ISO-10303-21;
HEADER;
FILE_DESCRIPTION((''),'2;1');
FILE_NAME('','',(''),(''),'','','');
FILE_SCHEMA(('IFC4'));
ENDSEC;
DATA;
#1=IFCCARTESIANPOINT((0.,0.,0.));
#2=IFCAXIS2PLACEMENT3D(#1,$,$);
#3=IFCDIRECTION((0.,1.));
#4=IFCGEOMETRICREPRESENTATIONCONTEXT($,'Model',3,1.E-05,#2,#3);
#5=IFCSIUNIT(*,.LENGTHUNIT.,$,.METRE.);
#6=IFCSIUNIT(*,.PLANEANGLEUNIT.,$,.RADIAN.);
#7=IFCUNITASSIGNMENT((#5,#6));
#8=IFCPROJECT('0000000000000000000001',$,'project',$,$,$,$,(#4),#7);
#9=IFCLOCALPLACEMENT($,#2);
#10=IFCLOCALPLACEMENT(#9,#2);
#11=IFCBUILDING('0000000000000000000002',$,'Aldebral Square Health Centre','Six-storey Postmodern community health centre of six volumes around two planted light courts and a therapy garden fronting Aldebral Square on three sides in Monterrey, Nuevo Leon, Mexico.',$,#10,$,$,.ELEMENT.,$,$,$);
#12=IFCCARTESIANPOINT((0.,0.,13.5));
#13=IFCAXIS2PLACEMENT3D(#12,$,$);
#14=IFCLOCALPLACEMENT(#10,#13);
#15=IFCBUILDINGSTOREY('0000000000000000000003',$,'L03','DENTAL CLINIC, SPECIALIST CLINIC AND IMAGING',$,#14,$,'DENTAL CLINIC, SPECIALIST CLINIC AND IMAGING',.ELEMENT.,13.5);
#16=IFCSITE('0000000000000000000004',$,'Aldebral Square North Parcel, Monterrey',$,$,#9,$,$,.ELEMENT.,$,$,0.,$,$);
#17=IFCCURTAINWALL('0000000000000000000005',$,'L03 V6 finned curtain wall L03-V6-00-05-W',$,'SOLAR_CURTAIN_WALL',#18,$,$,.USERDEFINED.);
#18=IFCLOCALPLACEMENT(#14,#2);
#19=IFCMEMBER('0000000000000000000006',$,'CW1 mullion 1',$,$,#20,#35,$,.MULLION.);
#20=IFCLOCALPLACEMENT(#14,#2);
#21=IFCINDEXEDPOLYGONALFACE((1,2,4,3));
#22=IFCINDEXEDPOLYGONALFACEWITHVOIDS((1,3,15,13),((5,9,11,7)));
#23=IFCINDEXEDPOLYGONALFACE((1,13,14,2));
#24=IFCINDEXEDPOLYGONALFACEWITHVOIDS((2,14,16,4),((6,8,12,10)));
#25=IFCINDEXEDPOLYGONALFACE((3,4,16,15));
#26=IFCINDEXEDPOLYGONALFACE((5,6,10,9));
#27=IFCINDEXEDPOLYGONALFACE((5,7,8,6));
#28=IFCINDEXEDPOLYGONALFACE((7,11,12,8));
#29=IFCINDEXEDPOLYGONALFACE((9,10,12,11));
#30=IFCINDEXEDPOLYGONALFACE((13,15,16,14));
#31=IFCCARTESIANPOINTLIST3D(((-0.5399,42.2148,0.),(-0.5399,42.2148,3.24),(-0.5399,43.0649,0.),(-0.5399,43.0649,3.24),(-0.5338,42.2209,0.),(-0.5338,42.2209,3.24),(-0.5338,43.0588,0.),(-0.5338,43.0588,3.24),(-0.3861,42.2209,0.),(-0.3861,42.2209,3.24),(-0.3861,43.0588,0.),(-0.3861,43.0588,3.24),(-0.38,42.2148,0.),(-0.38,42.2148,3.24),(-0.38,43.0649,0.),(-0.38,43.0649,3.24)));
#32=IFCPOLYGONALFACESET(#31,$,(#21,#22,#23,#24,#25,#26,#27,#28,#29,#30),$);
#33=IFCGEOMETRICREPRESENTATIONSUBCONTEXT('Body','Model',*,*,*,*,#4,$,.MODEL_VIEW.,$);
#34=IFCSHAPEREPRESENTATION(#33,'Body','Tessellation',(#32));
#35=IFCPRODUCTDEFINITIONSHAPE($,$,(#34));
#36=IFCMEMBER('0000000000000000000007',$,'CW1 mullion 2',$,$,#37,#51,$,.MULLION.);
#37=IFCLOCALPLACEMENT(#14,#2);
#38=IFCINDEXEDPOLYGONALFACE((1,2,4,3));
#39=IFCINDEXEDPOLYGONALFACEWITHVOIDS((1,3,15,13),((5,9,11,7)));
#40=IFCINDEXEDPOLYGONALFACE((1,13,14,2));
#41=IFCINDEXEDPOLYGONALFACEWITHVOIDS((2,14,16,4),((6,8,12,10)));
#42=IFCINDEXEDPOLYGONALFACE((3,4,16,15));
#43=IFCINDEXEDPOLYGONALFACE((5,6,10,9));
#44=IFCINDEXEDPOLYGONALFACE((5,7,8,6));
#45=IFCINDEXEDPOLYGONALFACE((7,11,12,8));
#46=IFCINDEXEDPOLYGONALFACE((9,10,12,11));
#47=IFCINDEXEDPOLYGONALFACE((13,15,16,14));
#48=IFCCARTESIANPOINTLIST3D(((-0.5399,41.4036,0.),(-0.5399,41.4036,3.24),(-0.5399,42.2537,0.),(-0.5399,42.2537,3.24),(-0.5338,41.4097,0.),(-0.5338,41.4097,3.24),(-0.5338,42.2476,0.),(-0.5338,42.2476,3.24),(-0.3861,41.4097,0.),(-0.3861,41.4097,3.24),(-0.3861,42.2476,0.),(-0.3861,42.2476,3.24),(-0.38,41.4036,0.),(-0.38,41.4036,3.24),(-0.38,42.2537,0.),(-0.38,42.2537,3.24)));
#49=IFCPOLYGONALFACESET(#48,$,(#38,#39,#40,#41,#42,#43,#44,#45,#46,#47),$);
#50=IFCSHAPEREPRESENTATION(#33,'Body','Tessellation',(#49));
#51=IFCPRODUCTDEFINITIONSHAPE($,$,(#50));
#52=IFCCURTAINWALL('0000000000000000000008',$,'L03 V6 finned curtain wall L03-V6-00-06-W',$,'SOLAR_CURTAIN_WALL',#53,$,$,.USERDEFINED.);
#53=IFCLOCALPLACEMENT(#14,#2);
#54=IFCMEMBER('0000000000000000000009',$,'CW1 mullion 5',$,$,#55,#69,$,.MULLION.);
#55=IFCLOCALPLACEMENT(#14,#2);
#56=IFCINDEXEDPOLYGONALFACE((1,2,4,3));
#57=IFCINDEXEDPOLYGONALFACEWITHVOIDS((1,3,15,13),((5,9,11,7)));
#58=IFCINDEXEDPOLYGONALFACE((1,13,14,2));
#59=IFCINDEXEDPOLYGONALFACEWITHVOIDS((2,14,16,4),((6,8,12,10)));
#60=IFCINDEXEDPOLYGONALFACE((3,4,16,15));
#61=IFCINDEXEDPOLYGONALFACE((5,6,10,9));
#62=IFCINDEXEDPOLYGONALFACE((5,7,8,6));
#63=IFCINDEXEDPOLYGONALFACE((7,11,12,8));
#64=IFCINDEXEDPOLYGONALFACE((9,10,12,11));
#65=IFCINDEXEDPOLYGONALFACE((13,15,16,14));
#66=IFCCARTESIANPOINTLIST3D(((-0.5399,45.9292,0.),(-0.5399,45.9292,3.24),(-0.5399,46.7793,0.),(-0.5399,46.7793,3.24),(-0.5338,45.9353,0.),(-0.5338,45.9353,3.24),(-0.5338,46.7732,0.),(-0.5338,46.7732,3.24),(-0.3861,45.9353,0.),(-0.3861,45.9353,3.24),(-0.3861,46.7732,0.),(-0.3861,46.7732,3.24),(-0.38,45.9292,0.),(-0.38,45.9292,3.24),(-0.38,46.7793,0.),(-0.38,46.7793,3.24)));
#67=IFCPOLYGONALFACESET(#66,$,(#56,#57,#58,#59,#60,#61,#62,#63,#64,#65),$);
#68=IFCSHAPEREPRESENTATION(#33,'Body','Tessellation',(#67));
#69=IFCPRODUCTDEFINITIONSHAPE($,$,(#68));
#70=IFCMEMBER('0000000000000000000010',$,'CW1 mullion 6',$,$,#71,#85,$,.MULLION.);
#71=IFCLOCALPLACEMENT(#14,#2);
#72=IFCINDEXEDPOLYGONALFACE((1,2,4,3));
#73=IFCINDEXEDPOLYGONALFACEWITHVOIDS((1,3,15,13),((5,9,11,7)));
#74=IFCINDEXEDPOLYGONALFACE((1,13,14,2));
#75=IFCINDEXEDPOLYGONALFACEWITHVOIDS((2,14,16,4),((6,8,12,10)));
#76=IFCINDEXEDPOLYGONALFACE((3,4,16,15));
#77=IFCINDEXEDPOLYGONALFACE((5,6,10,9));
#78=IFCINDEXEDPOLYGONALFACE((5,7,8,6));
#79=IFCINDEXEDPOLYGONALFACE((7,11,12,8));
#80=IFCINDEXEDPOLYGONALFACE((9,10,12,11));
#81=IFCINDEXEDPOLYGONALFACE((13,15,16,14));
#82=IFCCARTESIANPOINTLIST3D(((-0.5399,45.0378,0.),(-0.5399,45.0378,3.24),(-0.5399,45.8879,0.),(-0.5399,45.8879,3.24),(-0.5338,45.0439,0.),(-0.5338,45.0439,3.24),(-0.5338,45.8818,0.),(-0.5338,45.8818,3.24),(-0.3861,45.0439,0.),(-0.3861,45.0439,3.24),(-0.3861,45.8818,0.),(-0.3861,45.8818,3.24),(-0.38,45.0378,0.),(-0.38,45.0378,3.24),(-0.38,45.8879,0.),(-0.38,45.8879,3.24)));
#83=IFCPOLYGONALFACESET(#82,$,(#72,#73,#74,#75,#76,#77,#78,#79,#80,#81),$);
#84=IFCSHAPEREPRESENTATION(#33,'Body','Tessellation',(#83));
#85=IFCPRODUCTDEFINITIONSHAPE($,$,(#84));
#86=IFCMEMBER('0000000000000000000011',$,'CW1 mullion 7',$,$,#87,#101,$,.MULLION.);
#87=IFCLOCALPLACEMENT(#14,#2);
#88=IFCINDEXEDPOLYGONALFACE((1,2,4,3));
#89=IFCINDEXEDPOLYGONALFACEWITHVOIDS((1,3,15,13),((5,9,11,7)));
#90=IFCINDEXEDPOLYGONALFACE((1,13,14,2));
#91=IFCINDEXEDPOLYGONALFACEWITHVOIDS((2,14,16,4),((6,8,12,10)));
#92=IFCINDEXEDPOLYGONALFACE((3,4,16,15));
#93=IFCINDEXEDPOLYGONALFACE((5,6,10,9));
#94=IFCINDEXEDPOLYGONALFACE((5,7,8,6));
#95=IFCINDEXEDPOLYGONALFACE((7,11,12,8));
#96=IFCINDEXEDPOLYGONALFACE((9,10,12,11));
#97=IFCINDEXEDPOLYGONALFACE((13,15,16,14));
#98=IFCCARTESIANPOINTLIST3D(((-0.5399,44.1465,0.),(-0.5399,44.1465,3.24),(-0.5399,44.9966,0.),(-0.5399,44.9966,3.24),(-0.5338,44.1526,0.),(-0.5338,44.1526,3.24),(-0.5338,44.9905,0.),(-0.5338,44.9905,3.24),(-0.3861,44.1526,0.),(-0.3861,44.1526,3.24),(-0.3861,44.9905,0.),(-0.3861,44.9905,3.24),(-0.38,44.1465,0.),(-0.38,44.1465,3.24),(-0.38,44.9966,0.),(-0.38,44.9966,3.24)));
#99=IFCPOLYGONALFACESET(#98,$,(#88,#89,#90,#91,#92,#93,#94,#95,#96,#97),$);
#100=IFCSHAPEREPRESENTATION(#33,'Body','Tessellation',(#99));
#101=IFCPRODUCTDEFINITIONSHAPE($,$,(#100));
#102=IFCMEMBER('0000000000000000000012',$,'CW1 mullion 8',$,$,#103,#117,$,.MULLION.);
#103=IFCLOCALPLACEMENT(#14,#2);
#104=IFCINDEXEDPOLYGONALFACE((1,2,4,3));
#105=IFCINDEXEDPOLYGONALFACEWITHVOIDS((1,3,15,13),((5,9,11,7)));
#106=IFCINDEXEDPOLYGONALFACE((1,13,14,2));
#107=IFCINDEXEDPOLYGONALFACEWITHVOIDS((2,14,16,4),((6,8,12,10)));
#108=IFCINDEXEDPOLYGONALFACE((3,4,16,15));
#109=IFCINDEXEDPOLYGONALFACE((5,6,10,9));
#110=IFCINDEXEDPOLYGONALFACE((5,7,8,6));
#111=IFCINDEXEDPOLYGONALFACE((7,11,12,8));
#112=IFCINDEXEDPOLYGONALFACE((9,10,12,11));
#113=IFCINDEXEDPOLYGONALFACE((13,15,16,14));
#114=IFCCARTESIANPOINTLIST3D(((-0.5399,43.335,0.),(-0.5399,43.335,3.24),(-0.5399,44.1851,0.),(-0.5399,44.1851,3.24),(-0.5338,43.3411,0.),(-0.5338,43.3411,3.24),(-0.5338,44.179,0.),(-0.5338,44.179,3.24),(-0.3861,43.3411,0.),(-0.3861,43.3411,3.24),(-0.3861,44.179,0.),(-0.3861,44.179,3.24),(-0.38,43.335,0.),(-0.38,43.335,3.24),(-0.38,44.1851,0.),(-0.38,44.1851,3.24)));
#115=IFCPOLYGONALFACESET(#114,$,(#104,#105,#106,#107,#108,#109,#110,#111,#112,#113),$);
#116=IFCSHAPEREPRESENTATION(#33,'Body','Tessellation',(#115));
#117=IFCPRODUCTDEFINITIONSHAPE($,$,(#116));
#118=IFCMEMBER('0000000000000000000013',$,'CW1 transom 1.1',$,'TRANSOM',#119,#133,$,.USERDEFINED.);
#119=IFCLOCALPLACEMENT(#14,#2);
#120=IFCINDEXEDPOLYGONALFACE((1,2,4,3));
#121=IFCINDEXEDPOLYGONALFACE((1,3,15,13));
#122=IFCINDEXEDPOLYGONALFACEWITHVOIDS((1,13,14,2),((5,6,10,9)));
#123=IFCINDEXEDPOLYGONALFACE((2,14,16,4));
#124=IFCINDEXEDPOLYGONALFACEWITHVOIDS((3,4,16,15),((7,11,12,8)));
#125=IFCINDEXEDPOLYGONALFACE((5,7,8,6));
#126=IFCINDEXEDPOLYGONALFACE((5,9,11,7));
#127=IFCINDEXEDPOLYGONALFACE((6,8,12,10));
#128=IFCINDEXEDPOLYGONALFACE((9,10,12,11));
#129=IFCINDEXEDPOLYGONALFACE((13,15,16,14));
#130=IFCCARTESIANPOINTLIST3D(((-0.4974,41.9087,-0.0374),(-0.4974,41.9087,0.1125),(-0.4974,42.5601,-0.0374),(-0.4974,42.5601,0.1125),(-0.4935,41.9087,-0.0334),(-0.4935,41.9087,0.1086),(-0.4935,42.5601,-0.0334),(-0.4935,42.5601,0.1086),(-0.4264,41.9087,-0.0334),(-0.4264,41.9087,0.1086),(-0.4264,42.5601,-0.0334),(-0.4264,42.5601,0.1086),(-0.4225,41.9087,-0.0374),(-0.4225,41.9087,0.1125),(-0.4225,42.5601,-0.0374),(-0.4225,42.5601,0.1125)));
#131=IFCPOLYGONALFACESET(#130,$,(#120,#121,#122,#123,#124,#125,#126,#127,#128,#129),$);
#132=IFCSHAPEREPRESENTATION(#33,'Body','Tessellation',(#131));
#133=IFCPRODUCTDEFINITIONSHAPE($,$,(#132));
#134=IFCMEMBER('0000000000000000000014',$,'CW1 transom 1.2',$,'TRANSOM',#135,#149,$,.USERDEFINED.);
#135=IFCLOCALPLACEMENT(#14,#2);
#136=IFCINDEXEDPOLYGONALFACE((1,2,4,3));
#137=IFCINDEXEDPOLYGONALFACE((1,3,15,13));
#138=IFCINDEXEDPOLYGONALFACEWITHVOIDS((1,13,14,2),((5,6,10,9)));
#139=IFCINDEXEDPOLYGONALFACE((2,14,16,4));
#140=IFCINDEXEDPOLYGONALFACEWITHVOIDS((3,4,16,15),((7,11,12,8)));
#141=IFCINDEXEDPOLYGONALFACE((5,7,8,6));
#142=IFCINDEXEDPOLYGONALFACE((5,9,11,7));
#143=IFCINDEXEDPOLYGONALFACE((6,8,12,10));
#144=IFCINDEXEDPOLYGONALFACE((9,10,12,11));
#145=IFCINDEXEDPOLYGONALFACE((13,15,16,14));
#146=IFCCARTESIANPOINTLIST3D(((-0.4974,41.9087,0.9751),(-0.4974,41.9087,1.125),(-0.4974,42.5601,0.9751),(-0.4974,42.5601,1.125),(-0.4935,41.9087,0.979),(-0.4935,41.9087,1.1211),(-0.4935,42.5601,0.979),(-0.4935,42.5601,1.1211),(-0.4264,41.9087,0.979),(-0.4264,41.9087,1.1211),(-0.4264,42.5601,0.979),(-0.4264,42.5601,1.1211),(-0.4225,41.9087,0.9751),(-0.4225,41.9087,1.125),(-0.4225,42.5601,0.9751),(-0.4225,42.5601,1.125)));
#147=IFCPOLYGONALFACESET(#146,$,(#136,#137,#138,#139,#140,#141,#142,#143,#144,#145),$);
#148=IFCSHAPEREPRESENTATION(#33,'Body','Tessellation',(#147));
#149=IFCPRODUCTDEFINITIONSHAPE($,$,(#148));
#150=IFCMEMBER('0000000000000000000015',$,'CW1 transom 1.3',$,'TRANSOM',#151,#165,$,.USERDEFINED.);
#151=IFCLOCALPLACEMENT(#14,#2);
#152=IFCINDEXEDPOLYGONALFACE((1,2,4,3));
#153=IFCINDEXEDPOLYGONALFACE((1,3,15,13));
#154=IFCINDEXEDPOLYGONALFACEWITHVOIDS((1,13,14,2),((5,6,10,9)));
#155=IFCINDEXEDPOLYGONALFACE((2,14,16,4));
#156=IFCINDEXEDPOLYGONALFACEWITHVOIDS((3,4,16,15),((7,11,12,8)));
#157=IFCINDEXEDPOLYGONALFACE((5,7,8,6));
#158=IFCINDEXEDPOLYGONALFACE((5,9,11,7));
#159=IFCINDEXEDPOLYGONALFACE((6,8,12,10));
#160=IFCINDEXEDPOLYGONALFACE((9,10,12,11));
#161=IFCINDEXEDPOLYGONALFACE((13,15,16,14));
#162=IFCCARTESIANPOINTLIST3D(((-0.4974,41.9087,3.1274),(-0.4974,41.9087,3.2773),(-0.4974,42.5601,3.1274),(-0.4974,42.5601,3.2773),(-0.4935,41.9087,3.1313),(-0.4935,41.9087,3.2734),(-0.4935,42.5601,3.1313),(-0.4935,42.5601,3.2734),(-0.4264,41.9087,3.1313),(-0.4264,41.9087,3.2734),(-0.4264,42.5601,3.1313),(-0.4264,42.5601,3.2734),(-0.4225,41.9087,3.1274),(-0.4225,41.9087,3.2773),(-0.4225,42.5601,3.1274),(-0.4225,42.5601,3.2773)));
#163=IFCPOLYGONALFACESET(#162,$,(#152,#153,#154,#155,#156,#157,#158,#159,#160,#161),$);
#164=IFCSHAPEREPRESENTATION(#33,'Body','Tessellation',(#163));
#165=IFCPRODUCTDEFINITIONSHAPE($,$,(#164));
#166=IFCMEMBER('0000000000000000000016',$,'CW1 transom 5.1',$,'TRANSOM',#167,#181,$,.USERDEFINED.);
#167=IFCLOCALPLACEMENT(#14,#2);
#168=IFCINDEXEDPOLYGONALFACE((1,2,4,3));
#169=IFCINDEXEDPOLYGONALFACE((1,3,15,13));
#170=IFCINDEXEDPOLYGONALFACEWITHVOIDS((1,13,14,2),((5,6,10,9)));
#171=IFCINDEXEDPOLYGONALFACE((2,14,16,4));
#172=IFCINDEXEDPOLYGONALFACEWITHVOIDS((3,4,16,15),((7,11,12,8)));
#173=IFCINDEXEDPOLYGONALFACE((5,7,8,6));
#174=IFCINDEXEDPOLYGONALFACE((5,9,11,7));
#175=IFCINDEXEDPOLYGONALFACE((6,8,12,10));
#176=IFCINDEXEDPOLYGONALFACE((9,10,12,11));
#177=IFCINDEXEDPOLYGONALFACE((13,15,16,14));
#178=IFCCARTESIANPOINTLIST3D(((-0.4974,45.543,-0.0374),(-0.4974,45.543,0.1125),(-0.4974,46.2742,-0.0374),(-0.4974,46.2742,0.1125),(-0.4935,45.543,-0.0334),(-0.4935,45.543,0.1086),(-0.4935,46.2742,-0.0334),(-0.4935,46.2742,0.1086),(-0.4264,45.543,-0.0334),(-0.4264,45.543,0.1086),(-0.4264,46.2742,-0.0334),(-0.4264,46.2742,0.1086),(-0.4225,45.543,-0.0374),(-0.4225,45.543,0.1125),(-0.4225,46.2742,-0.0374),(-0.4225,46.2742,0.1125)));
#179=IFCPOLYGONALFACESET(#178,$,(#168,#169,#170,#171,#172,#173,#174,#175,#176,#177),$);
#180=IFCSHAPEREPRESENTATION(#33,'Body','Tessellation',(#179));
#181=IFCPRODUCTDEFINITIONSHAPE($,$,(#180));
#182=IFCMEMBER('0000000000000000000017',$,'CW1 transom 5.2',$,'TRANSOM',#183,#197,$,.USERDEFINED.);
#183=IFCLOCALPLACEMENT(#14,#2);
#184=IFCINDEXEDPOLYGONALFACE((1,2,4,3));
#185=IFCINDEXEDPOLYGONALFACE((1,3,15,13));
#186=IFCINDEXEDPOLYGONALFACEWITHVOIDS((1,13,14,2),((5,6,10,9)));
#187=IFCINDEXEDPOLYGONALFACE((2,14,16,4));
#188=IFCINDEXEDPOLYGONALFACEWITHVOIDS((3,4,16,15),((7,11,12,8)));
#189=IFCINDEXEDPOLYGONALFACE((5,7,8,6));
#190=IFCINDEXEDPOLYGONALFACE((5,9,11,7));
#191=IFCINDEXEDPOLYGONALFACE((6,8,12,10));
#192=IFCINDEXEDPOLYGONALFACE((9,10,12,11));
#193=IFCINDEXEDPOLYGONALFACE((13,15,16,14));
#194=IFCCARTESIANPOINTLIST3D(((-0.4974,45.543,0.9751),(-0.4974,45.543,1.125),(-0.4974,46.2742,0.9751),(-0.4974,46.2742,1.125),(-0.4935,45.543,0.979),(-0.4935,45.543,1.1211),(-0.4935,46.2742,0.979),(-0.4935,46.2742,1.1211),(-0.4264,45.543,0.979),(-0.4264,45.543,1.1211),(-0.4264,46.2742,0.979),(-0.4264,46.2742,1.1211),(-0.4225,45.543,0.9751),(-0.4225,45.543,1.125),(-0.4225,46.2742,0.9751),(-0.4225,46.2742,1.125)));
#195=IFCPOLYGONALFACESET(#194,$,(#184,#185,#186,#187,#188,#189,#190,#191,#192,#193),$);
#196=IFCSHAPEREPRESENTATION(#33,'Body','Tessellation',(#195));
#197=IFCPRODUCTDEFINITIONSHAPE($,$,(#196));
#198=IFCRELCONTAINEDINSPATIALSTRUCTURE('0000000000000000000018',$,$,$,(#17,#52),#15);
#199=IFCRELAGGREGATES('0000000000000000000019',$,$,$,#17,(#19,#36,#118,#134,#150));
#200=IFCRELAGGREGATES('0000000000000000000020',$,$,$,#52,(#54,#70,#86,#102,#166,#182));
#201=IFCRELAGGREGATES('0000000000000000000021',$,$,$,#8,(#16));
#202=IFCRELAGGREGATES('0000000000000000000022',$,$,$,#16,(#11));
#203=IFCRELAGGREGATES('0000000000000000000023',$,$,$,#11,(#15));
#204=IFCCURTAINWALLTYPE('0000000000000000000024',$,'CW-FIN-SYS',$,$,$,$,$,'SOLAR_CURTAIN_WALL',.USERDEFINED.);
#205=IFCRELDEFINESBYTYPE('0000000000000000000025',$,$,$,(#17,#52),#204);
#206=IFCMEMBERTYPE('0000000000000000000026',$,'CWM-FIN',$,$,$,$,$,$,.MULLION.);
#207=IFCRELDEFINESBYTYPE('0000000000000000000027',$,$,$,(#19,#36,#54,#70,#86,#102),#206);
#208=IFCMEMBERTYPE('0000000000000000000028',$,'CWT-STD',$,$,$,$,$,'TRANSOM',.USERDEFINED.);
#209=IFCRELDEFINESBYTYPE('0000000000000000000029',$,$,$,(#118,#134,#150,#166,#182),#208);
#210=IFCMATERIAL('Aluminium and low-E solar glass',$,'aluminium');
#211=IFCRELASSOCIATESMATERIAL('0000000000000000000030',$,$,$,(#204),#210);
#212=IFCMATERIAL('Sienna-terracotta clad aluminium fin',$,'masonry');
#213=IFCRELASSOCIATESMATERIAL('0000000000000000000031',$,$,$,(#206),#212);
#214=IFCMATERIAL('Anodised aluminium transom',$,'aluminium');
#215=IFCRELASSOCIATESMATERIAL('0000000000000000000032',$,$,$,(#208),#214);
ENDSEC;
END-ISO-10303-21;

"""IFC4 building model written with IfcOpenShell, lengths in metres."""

from ifc_helpers import new_model, si_unit, direction, frame, origin, origin_2d, place, context, subcontext, project, spatial, hollow_rectangle, extrude, material, material_profile, profile_set, type_object, element, aggregate, save


model = new_model("IFC4")

# Units and contexts
model_context = context("Model", 3, precision=1e-05, world=origin(), true_north=direction((0.0, 1.0)))
body_context = subcontext(model_context, "Body", "Model", "MODEL_VIEW")
ifc_project = project(units=[si_unit("LENGTHUNIT", "METRE"), si_unit("PLANEANGLEUNIT", "RADIAN")], contexts=[model_context])

# Site, building, storey
site_placement = place(None, origin())
site = spatial("IfcSite", under=ifc_project, at=site_placement, Name="Aldebral Square North Parcel, Monterrey", CompositionType="ELEMENT", RefElevation=0.0)
building_placement = place(site_placement, origin())
building = spatial("IfcBuilding", under=site, at=building_placement, Name="Aldebral Square Health Centre", Description="Six-storey Postmodern community health centre of six volumes around two planted light courts and a therapy garden fronting Aldebral Square on three sides in Monterrey, Nuevo Leon, Mexico.", CompositionType="ELEMENT")
storey_placement = place(building_placement, frame((0.0, 0.0, 13.5)))
storey = spatial("IfcBuildingStorey", under=building, at=storey_placement, Name="L03", Description="DENTAL CLINIC, SPECIALIST CLINIC AND IMAGING", LongName="DENTAL CLINIC, SPECIALIST CLINIC AND IMAGING", CompositionType="ELEMENT", Elevation=13.5)

# Curtain walls, members
ifc_material_1 = material(Name="Aluminium and low-E solar glass", Category="aluminium")
curtain_wall_type = type_object("IfcCurtainWallType", Name="CW-FIN-SYS", ElementType="SOLAR_CURTAIN_WALL", PredefinedType="USERDEFINED", material=ifc_material_1)
curtain_wall_1_placement = place(storey_placement, origin())
curtain_wall_1 = element("IfcCurtainWall", 1, at=curtain_wall_1_placement, inside=storey, type_object=curtain_wall_type, Name="L03 V6 finned curtain wall L03-V6-00-05-W", ObjectType="SOLAR_CURTAIN_WALL", PredefinedType="USERDEFINED")
ifc_material_2 = material(Name="Sienna-terracotta clad aluminium fin", Category="masonry")
ifc_material_profile_1 = material_profile(ifc_material_2, hollow_rectangle(XDim=0.1599, YDim=0.8501, WallThickness=0.0061, at=origin_2d()), Name="FIN 160x850x6")
ifc_profile_set_1 = profile_set([ifc_material_profile_1], Name="Sienna-terracotta clad aluminium fin")
member_type_1 = type_object("IfcMemberType", Name="CWM-FIN", PredefinedType="MULLION", material=ifc_profile_set_1)
member_1_placement = place(storey_placement, frame((-0.46, 42.6399, 0.0), z_axis=(0.0, 0.0, 1.0), x_axis=(1.0, 0.0, 0.0)))
member_1 = element("IfcMember", 2, at=member_1_placement, type_object=member_type_1, Name="CW1 mullion 1", PredefinedType="MULLION", context=body_context, shape_type="SweptSolid", body=[
    extrude(hollow_rectangle(XDim=0.1599, YDim=0.8501, WallThickness=0.0061, at=origin_2d()), origin(), (0.0, 0.0, 1.0), 3.24),
])
member_2_placement = place(storey_placement, frame((-0.46, 41.8286, 0.0), z_axis=(0.0, 0.0, 1.0), x_axis=(1.0, 0.0, 0.0)))
member_2 = element("IfcMember", 3, at=member_2_placement, type_object=member_type_1, Name="CW1 mullion 2", PredefinedType="MULLION", context=body_context, shape_type="SweptSolid", body=[
    extrude(hollow_rectangle(XDim=0.1599, YDim=0.8501, WallThickness=0.0061, at=origin_2d()), origin(), (0.0, 0.0, 1.0), 3.24),
])
curtain_wall_2_placement = place(storey_placement, origin())
curtain_wall_2 = element("IfcCurtainWall", 4, at=curtain_wall_2_placement, inside=storey, type_object=curtain_wall_type, Name="L03 V6 finned curtain wall L03-V6-00-06-W", ObjectType="SOLAR_CURTAIN_WALL", PredefinedType="USERDEFINED")
member_3_placement = place(storey_placement, frame((-0.46, 46.3542, 0.0), z_axis=(0.0, 0.0, 1.0), x_axis=(1.0, 0.0, 0.0)))
member_3 = element("IfcMember", 5, at=member_3_placement, type_object=member_type_1, Name="CW1 mullion 5", PredefinedType="MULLION", context=body_context, shape_type="SweptSolid", body=[
    extrude(hollow_rectangle(XDim=0.1599, YDim=0.8501, WallThickness=0.0061, at=origin_2d()), origin(), (0.0, 0.0, 1.0), 3.24),
])
member_4_placement = place(storey_placement, frame((-0.46, 45.4629, 0.0), z_axis=(0.0, 0.0, 1.0), x_axis=(1.0, 0.0, 0.0)))
member_4 = element("IfcMember", 6, at=member_4_placement, type_object=member_type_1, Name="CW1 mullion 6", PredefinedType="MULLION", context=body_context, shape_type="SweptSolid", body=[
    extrude(hollow_rectangle(XDim=0.1599, YDim=0.8501, WallThickness=0.0061, at=origin_2d()), origin(), (0.0, 0.0, 1.0), 3.24),
])
member_5_placement = place(storey_placement, frame((-0.46, 44.5715, 0.0), z_axis=(0.0, 0.0, 1.0), x_axis=(1.0, 0.0, 0.0)))
member_5 = element("IfcMember", 7, at=member_5_placement, type_object=member_type_1, Name="CW1 mullion 7", PredefinedType="MULLION", context=body_context, shape_type="SweptSolid", body=[
    extrude(hollow_rectangle(XDim=0.1599, YDim=0.8501, WallThickness=0.0061, at=origin_2d()), origin(), (0.0, 0.0, 1.0), 3.24),
])
member_6_placement = place(storey_placement, frame((-0.46, 43.76, 0.0), z_axis=(0.0, 0.0, 1.0), x_axis=(1.0, 0.0, 0.0)))
member_6 = element("IfcMember", 8, at=member_6_placement, type_object=member_type_1, Name="CW1 mullion 8", PredefinedType="MULLION", context=body_context, shape_type="SweptSolid", body=[
    extrude(hollow_rectangle(XDim=0.1599, YDim=0.8501, WallThickness=0.0061, at=origin_2d()), origin(), (0.0, 0.0, 1.0), 3.24),
])

# Members
ifc_material_3 = material(Name="Anodised aluminium transom", Category="aluminium")
ifc_material_profile_2 = material_profile(ifc_material_3, hollow_rectangle(XDim=0.075, YDim=0.1499, WallThickness=0.0039, at=origin_2d()), Name="CWT 75x150x4")
ifc_profile_set_2 = profile_set([ifc_material_profile_2], Name="Anodised aluminium transom")
member_type_2 = type_object("IfcMemberType", Name="CWT-STD", ElementType="TRANSOM", PredefinedType="USERDEFINED", material=ifc_profile_set_2)
member_7_placement = place(storey_placement, frame((-0.46, 42.5601, 0.0376), z_axis=(0.0, -1.0, 0.0), x_axis=(1.0, 0.0, 0.0)))
member_7 = element("IfcMember", 9, at=member_7_placement, type_object=member_type_2, Name="CW1 transom 1.1", ObjectType="TRANSOM", PredefinedType="USERDEFINED", context=body_context, shape_type="SweptSolid", body=[
    extrude(hollow_rectangle(XDim=0.075, YDim=0.1499, WallThickness=0.0039, at=origin_2d()), origin(), (0.0, 0.0, 1.0), 0.6514),
])
member_8_placement = place(storey_placement, frame((-0.46, 42.5601, 1.05), z_axis=(0.0, -1.0, 0.0), x_axis=(1.0, 0.0, 0.0)))
member_8 = element("IfcMember", 10, at=member_8_placement, type_object=member_type_2, Name="CW1 transom 1.2", ObjectType="TRANSOM", PredefinedType="USERDEFINED", context=body_context, shape_type="SweptSolid", body=[
    extrude(hollow_rectangle(XDim=0.075, YDim=0.1499, WallThickness=0.0039, at=origin_2d()), origin(), (0.0, 0.0, 1.0), 0.6514),
])
member_9_placement = place(storey_placement, frame((-0.46, 42.5601, 3.2024), z_axis=(0.0, -1.0, 0.0), x_axis=(1.0, 0.0, 0.0)))
member_9 = element("IfcMember", 11, at=member_9_placement, type_object=member_type_2, Name="CW1 transom 1.3", ObjectType="TRANSOM", PredefinedType="USERDEFINED", context=body_context, shape_type="SweptSolid", body=[
    extrude(hollow_rectangle(XDim=0.075, YDim=0.1499, WallThickness=0.0039, at=origin_2d()), origin(), (0.0, 0.0, 1.0), 0.6514),
])
member_10_placement = place(storey_placement, frame((-0.46, 46.2742, 0.0376), z_axis=(0.0, -1.0, 0.0), x_axis=(1.0, 0.0, 0.0)))
member_10 = element("IfcMember", 12, at=member_10_placement, type_object=member_type_2, Name="CW1 transom 5.1", ObjectType="TRANSOM", PredefinedType="USERDEFINED", context=body_context, shape_type="SweptSolid", body=[
    extrude(hollow_rectangle(XDim=0.075, YDim=0.1499, WallThickness=0.0039, at=origin_2d()), origin(), (0.0, 0.0, 1.0), 0.7312),
])
member_11_placement = place(storey_placement, frame((-0.46, 46.2742, 1.05), z_axis=(0.0, -1.0, 0.0), x_axis=(1.0, 0.0, 0.0)))
member_11 = element("IfcMember", 13, at=member_11_placement, type_object=member_type_2, Name="CW1 transom 5.2", ObjectType="TRANSOM", PredefinedType="USERDEFINED", context=body_context, shape_type="SweptSolid", body=[
    extrude(hollow_rectangle(XDim=0.075, YDim=0.1499, WallThickness=0.0039, at=origin_2d()), origin(), (0.0, 0.0, 1.0), 0.7312),
])

aggregate(curtain_wall_1, [member_1, member_2, member_7, member_8, member_9])
aggregate(curtain_wall_2, [member_3, member_4, member_5, member_6, member_10, member_11])

save(model, "model.ifc")
